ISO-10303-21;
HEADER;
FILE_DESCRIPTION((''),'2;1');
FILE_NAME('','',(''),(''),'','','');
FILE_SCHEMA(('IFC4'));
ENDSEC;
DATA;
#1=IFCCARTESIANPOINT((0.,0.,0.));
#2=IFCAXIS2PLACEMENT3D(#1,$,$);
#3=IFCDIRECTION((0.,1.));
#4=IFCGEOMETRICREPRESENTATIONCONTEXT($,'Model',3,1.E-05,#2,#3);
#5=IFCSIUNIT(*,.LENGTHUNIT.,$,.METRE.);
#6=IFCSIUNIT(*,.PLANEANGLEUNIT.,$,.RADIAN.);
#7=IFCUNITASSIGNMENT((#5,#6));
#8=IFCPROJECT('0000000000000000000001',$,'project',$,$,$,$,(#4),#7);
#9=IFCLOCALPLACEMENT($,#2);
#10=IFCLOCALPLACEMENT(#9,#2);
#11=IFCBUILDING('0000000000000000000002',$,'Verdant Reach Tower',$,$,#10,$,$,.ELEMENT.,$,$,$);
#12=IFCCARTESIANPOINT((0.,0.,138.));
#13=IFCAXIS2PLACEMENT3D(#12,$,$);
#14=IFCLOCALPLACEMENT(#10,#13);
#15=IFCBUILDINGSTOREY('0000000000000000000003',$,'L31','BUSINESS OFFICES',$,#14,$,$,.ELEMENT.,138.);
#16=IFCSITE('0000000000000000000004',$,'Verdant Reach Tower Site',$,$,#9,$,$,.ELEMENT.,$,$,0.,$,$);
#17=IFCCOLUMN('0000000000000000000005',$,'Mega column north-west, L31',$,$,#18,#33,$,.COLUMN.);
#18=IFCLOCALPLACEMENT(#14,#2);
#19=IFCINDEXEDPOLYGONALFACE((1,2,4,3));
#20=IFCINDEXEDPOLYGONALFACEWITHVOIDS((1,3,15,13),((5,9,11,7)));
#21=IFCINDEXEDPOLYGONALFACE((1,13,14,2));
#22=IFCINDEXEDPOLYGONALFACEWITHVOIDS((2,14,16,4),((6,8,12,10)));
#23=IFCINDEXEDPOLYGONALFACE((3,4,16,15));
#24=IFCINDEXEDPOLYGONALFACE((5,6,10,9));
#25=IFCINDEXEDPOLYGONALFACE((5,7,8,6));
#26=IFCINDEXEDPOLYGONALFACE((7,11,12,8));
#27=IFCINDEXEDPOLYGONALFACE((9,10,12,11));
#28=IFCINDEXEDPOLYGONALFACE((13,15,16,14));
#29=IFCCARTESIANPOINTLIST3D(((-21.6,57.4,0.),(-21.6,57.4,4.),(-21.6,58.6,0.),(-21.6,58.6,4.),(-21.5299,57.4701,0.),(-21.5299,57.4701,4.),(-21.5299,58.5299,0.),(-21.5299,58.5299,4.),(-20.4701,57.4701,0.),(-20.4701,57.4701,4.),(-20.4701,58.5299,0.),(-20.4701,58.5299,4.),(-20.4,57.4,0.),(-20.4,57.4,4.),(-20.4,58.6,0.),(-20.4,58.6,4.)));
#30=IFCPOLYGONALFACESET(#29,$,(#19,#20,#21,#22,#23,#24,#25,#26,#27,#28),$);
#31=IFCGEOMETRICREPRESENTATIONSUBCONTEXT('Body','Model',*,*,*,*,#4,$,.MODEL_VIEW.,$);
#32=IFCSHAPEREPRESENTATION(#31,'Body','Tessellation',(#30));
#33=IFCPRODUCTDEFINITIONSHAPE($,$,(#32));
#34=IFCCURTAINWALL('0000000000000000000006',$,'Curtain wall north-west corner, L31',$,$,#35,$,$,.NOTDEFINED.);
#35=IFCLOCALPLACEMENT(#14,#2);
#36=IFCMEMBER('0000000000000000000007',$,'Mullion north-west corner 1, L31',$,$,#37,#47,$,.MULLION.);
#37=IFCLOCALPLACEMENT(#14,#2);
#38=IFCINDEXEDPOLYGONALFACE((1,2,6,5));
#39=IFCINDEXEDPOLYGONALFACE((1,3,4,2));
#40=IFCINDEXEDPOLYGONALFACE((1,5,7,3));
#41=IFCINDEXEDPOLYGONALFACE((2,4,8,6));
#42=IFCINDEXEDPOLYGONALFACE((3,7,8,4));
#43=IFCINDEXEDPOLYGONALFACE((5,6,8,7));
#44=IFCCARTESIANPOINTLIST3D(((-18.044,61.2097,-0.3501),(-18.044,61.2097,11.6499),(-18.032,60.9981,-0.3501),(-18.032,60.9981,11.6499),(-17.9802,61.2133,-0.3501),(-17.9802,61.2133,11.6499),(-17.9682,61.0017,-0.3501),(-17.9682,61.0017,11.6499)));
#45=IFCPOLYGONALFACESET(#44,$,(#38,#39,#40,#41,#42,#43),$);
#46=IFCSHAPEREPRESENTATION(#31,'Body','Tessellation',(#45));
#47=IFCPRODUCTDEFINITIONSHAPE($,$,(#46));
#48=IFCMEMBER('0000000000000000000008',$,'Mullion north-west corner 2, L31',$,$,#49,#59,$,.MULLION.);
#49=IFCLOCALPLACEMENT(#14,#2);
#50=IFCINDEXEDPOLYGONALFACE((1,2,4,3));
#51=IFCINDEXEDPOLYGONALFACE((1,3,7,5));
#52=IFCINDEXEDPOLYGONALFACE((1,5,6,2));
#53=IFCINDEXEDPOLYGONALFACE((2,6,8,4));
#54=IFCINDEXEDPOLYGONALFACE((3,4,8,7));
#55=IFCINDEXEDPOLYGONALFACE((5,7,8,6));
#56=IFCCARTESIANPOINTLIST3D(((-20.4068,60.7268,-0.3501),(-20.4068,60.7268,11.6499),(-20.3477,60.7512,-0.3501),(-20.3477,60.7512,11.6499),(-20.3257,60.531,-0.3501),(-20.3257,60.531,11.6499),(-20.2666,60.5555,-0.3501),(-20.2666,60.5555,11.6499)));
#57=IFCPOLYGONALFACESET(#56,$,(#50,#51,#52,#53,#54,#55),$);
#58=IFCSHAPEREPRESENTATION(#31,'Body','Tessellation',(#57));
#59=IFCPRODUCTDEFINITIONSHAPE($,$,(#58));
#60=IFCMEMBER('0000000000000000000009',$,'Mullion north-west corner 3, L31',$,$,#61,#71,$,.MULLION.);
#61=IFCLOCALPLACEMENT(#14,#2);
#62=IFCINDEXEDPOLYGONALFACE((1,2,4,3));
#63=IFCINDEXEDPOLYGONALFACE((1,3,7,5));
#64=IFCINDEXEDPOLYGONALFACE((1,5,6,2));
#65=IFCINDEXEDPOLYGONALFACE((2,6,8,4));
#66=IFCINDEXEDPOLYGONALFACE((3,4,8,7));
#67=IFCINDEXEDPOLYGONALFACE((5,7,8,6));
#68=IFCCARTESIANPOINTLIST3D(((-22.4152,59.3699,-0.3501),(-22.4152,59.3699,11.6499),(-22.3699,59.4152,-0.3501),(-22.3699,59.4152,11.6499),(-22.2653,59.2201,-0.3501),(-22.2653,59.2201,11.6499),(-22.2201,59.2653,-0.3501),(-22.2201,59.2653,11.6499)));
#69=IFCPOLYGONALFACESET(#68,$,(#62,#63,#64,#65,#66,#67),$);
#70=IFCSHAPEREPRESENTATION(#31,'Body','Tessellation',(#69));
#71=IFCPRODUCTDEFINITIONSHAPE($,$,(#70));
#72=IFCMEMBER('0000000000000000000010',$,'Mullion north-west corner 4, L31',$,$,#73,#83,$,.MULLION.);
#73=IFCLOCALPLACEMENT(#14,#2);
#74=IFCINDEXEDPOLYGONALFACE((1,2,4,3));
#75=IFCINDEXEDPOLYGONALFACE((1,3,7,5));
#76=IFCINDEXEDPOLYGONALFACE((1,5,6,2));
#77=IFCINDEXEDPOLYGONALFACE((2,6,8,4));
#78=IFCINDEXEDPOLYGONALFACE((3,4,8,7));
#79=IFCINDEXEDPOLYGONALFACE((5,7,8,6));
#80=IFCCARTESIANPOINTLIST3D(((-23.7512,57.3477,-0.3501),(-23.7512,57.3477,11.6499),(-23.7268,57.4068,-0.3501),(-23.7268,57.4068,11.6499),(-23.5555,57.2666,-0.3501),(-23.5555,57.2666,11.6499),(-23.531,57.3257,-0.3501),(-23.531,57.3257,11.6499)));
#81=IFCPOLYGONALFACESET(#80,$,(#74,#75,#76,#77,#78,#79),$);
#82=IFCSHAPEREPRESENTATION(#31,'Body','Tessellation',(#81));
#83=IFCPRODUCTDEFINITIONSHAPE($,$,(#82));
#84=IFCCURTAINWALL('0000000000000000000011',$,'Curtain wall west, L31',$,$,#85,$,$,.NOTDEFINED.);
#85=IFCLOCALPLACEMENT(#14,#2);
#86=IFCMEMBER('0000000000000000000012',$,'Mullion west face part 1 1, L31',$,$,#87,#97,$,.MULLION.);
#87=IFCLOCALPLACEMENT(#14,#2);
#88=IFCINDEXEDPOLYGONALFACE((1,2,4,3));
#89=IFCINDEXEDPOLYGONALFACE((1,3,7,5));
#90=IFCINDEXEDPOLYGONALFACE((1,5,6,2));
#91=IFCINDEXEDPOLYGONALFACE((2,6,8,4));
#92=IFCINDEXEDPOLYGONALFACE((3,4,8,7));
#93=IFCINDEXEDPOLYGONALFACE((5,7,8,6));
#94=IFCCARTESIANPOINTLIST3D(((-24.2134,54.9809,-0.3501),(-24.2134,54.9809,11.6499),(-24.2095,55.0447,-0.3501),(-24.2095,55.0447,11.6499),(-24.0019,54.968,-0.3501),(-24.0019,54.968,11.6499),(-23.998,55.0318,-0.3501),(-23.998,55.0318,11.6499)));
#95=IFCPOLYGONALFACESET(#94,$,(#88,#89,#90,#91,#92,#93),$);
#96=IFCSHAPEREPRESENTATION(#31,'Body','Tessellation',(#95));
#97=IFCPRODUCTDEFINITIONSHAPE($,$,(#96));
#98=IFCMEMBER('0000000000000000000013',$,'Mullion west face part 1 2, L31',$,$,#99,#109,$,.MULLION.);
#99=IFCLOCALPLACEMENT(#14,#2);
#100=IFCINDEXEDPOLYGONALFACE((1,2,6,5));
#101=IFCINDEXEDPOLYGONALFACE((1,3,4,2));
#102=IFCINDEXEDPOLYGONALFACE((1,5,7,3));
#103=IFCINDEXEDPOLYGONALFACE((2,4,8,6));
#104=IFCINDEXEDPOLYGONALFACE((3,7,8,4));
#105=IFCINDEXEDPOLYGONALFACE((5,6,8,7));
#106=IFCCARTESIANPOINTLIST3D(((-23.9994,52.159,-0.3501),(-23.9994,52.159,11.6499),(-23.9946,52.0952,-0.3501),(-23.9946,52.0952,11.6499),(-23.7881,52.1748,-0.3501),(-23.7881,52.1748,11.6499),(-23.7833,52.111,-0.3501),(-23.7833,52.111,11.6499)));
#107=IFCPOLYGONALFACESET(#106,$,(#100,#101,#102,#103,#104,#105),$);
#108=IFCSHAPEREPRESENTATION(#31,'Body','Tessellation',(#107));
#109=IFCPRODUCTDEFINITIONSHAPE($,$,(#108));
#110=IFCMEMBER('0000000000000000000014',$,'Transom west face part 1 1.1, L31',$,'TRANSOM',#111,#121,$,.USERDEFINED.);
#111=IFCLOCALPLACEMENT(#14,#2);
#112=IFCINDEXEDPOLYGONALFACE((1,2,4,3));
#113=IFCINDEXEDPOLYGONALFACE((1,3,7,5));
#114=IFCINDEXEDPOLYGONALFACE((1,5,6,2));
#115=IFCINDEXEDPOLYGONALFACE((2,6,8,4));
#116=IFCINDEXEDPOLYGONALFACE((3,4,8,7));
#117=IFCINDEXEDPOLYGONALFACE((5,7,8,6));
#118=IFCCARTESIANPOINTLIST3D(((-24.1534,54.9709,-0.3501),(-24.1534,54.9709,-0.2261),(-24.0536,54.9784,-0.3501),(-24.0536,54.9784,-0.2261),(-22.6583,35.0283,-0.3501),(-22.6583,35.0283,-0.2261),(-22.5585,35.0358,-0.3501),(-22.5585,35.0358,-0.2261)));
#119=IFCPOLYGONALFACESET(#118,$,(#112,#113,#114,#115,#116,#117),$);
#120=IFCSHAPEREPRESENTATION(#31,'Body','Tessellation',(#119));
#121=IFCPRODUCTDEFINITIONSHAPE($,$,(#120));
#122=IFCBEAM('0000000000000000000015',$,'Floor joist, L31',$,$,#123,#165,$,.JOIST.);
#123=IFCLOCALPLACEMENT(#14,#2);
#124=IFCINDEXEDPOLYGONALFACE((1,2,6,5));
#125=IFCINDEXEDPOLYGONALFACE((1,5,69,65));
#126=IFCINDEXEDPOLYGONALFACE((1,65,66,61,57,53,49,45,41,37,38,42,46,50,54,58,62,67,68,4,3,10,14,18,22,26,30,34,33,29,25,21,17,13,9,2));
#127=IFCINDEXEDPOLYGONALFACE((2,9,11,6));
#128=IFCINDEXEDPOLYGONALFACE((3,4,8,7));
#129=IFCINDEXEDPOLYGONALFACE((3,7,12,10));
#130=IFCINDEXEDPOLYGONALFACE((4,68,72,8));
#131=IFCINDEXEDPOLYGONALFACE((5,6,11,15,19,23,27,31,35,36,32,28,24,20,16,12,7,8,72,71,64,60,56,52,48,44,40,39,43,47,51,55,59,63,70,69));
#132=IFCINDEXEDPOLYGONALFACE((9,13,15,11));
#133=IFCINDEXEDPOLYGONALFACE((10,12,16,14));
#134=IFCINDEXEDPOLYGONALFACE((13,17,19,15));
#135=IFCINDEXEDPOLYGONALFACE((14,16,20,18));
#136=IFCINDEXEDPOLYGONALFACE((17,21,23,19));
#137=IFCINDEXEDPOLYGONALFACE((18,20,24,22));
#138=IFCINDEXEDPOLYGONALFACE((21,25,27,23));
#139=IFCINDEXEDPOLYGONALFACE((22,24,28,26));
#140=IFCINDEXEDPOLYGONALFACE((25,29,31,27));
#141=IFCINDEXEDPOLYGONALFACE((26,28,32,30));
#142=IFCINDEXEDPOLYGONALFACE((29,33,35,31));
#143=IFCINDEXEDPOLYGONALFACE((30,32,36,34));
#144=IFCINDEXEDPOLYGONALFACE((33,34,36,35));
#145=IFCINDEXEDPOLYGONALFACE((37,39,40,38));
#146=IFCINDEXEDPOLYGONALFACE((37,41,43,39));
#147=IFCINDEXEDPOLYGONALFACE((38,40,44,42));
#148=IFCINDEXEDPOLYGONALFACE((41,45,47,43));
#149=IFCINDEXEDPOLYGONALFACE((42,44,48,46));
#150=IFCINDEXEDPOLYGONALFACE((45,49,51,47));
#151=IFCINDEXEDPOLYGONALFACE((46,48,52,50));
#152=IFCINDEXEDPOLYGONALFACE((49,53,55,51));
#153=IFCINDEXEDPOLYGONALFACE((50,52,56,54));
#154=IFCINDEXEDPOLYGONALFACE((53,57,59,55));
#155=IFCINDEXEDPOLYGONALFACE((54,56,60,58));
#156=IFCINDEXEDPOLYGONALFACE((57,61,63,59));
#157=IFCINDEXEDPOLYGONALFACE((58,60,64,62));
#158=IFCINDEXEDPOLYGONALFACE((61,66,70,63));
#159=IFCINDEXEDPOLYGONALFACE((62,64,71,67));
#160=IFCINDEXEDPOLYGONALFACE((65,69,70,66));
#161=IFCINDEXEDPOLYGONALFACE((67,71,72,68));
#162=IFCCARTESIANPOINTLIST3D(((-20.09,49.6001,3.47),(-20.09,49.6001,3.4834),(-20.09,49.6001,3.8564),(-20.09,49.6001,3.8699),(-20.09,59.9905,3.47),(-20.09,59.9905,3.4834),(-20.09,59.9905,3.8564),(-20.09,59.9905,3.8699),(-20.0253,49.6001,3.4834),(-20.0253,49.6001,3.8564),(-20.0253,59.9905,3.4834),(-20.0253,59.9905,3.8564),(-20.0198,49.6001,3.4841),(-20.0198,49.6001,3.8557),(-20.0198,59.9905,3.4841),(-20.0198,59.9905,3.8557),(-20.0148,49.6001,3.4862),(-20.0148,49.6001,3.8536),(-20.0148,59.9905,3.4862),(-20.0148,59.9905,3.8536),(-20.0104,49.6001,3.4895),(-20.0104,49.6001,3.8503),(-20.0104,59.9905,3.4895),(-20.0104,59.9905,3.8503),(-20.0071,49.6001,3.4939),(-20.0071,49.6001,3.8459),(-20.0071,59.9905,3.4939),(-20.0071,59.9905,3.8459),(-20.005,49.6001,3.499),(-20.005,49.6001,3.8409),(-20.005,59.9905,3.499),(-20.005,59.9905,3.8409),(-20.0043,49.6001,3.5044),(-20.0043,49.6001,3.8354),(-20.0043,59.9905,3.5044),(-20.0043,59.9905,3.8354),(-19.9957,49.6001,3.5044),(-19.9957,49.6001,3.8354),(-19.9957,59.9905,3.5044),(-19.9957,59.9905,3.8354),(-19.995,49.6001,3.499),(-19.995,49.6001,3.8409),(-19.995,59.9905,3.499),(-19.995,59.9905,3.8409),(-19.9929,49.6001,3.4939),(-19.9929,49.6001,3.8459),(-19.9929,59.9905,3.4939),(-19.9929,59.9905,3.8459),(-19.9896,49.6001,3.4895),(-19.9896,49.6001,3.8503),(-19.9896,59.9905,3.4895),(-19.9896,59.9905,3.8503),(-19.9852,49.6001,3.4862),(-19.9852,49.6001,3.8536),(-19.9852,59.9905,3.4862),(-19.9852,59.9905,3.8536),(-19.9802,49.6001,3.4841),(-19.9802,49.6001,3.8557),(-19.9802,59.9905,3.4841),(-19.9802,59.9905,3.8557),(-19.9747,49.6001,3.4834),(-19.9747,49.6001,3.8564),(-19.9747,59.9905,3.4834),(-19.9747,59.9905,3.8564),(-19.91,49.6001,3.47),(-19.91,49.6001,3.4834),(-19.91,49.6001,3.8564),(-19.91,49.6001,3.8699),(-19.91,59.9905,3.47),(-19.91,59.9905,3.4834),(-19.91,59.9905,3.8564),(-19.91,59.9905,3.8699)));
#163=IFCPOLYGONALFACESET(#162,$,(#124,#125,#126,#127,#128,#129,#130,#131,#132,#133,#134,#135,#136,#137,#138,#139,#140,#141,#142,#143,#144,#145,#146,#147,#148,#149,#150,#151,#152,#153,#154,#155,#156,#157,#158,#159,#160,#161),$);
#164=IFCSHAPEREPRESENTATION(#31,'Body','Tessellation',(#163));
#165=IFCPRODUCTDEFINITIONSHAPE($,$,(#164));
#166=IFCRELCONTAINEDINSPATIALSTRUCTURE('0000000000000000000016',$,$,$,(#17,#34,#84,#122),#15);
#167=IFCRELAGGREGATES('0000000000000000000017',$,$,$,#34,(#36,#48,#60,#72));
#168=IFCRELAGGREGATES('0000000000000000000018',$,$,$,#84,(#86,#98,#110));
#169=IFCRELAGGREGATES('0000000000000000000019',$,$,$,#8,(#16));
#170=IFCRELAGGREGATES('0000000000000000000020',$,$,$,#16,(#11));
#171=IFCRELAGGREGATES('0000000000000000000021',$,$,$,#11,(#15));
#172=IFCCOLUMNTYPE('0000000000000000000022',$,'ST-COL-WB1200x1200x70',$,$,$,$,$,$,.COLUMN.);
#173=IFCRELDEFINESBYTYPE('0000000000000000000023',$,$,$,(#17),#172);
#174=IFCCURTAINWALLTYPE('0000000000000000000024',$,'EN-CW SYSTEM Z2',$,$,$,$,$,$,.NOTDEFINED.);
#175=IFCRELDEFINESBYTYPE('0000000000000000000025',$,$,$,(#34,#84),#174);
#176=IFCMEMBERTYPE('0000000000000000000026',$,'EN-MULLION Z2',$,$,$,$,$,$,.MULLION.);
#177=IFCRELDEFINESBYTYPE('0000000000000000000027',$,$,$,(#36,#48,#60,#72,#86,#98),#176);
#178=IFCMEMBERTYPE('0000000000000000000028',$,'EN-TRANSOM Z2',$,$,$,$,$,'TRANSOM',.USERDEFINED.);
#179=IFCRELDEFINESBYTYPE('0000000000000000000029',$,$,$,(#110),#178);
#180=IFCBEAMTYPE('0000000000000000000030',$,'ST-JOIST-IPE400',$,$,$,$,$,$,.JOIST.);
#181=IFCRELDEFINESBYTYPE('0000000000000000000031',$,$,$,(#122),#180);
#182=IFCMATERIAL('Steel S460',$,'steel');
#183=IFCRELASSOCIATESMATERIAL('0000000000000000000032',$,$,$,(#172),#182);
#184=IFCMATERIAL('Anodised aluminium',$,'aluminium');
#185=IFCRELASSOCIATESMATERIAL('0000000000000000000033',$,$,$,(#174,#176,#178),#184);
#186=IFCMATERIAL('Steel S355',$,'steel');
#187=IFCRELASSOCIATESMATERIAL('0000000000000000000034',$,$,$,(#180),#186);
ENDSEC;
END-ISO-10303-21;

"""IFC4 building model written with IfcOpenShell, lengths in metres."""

from ifc_helpers import new_model, si_unit, direction, frame, origin, origin_2d, place, context, subcontext, project, spatial, rectangle, hollow_rectangle, i_section, extrude, material, material_profile, profile_set, type_object, element, aggregate, save


model = new_model("IFC4")

# Units and contexts
model_context = context("Model", 3, precision=1e-05, world=origin(), true_north=direction((0.0, 1.0)))
body_context = subcontext(model_context, "Body", "Model", "MODEL_VIEW")
ifc_project = project(units=[si_unit("LENGTHUNIT", "METRE"), si_unit("PLANEANGLEUNIT", "RADIAN")], contexts=[model_context])

# Site, building, storey
site_placement = place(None, origin())
site = spatial("IfcSite", under=ifc_project, at=site_placement, Name="Verdant Reach Tower Site", CompositionType="ELEMENT", RefElevation=0.0)
building_placement = place(site_placement, origin())
building = spatial("IfcBuilding", under=site, at=building_placement, Name="Verdant Reach Tower", CompositionType="ELEMENT")
storey_placement = place(building_placement, frame((0.0, 0.0, 138.0)))
storey = spatial("IfcBuildingStorey", under=building, at=storey_placement, Name="L31", Description="BUSINESS OFFICES", CompositionType="ELEMENT", Elevation=138.0)

# Column
ifc_material_1 = material(Name="Steel S460", Category="steel")
ifc_material_profile_1 = material_profile(ifc_material_1, hollow_rectangle(XDim=1.2, YDim=1.2, WallThickness=0.0701, at=origin_2d()), Name="WB 1200x1200x70")
ifc_profile_set_1 = profile_set([ifc_material_profile_1], Name="Steel S460")
column_type = type_object("IfcColumnType", Name="ST-COL-WB1200x1200x70", PredefinedType="COLUMN", material=ifc_profile_set_1)
column_placement = place(storey_placement, frame((-21.0, 58.0, 0.0), z_axis=(0.0, 0.0, 1.0), x_axis=(1.0, 0.0, 0.0)))
element("IfcColumn", 1, at=column_placement, inside=storey, type_object=column_type, Name="Mega column north-west, L31", PredefinedType="COLUMN", context=body_context, shape_type="SweptSolid", body=[
    extrude(hollow_rectangle(XDim=1.2, YDim=1.2, WallThickness=0.0701, at=origin_2d()), origin(), (0.0, 0.0, 1.0), 4.0),
])

# Curtain walls, members
ifc_material_2 = material(Name="Anodised aluminium", Category="aluminium")
curtain_wall_type = type_object("IfcCurtainWallType", Name="EN-CW SYSTEM Z2", PredefinedType="NOTDEFINED", material=ifc_material_2)
curtain_wall_1_placement = place(storey_placement, origin())
curtain_wall_1 = element("IfcCurtainWall", 2, at=curtain_wall_1_placement, inside=storey, type_object=curtain_wall_type, Name="Curtain wall north-west corner, L31", PredefinedType="NOTDEFINED")
ifc_material_profile_2 = material_profile(ifc_material_2, rectangle(XDim=0.2119, YDim=0.064, at=origin_2d()), Name="Mullion 64x212")
ifc_profile_set_2 = profile_set([ifc_material_profile_2], Name="Anodised aluminium")
member_type_1 = type_object("IfcMemberType", Name="EN-MULLION Z2", PredefinedType="MULLION", material=ifc_profile_set_2)
member_1_placement = place(storey_placement, frame((-18.0061, 61.1057, -0.3501), z_axis=(0.0, 0.0, 1.0), x_axis=(-0.056569, 0.998399, 0.0)))
member_1 = element("IfcMember", 3, at=member_1_placement, type_object=member_type_1, Name="Mullion north-west corner 1, L31", PredefinedType="MULLION", context=body_context, shape_type="SweptSolid", body=[
    extrude(rectangle(XDim=0.2119, YDim=0.064, at=origin_2d()), origin(), (0.0, 0.0, 1.0), 12.0),
])
member_2_placement = place(storey_placement, frame((-20.3367, 60.6411, -0.3501), z_axis=(0.0, 0.0, 1.0), x_axis=(-0.382694, 0.923875, 0.0)))
member_2 = element("IfcMember", 4, at=member_2_placement, type_object=member_type_1, Name="Mullion north-west corner 2, L31", PredefinedType="MULLION", context=body_context, shape_type="SweptSolid", body=[
    extrude(rectangle(XDim=0.2119, YDim=0.064, at=origin_2d()), origin(), (0.0, 0.0, 1.0), 12.0),
])
member_3_placement = place(storey_placement, frame((-22.3176, 59.3176, -0.3501), z_axis=(0.0, 0.0, 1.0), x_axis=(-0.707107, 0.707107, 0.0)))
member_3 = element("IfcMember", 5, at=member_3_placement, type_object=member_type_1, Name="Mullion north-west corner 3, L31", PredefinedType="MULLION", context=body_context, shape_type="SweptSolid", body=[
    extrude(rectangle(XDim=0.2119, YDim=0.064, at=origin_2d()), origin(), (0.0, 0.0, 1.0), 12.0),
])
member_4_placement = place(storey_placement, frame((-23.6411, 57.3367, -0.3501), z_axis=(0.0, 0.0, 1.0), x_axis=(-0.923875, 0.382694, 0.0)))
member_4 = element("IfcMember", 6, at=member_4_placement, type_object=member_type_1, Name="Mullion north-west corner 4, L31", PredefinedType="MULLION", context=body_context, shape_type="SweptSolid", body=[
    extrude(rectangle(XDim=0.2119, YDim=0.064, at=origin_2d()), origin(), (0.0, 0.0, 1.0), 12.0),
])
curtain_wall_2_placement = place(storey_placement, origin())
curtain_wall_2 = element("IfcCurtainWall", 7, at=curtain_wall_2_placement, inside=storey, type_object=curtain_wall_type, Name="Curtain wall west, L31", PredefinedType="NOTDEFINED")
member_5_placement = place(storey_placement, frame((-24.1057, 55.0063, -0.3501), z_axis=(0.0, 0.0, 1.0), x_axis=(-0.998156, 0.060703, 0.0)))
member_5 = element("IfcMember", 8, at=member_5_placement, type_object=member_type_1, Name="Mullion west face part 1 1, L31", PredefinedType="MULLION", context=body_context, shape_type="SweptSolid", body=[
    extrude(rectangle(XDim=0.2119, YDim=0.064, at=origin_2d()), origin(), (0.0, 0.0, 1.0), 12.0),
])
member_6_placement = place(storey_placement, frame((-23.8914, 52.135, -0.3501), z_axis=(0.0, 0.0, 1.0), x_axis=(-0.997199, -0.07479, 0.0)))
member_6 = element("IfcMember", 9, at=member_6_placement, type_object=member_type_1, Name="Mullion west face part 1 2, L31", PredefinedType="MULLION", context=body_context, shape_type="SweptSolid", body=[
    extrude(rectangle(XDim=0.2119, YDim=0.064, at=origin_2d()), origin(), (0.0, 0.0, 1.0), 12.0),
])
ifc_material_profile_3 = material_profile(ifc_material_2, rectangle(XDim=0.1001, YDim=0.124, at=origin_2d()), Name="Transom 124x100")
ifc_profile_set_3 = profile_set([ifc_material_profile_3], Name="Anodised aluminium")
member_type_2 = type_object("IfcMemberType", Name="EN-TRANSOM Z2", ElementType="TRANSOM", PredefinedType="USERDEFINED", material=ifc_profile_set_3)
member_7_placement = place(storey_placement, frame((-24.1035, 54.9746, -0.2881), z_axis=(0.074761, -0.997201, 0.0), x_axis=(0.997201, 0.074761, 0.0)))
member_7 = element("IfcMember", 10, at=member_7_placement, type_object=member_type_2, Name="Transom west face part 1 1.1, L31", ObjectType="TRANSOM", PredefinedType="USERDEFINED", context=body_context, shape_type="SweptSolid", body=[
    extrude(rectangle(XDim=0.1001, YDim=0.124, at=origin_2d()), origin(), (0.0, 0.0, 1.0), 19.9985),
])

# Beam
ifc_material_3 = material(Name="Steel S355", Category="steel")
ifc_material_profile_4 = material_profile(ifc_material_3, i_section(OverallWidth=0.1799, OverallDepth=0.3999, WebThickness=0.0085, FlangeThickness=0.0134, FilletRadius=0.021, at=origin_2d()), Name="IPE 400")
ifc_profile_set_4 = profile_set([ifc_material_profile_4], Name="Steel S355")
beam_type_1 = type_object("IfcBeamType", Name="ST-JOIST-IPE400", PredefinedType="JOIST", material=ifc_profile_set_4)
beam_1_placement = place(storey_placement, frame((-20.0, 49.6001, 3.6699), z_axis=(0.0, 1.0, 0.0), x_axis=(-1.0, 0.0, 0.0)))
element("IfcBeam", 11, at=beam_1_placement, inside=storey, type_object=beam_type_1, Name="Floor joist, L31", PredefinedType="JOIST", context=body_context, shape_type="SweptSolid", body=[
    extrude(i_section(OverallWidth=0.1799, OverallDepth=0.3999, WebThickness=0.0085, FlangeThickness=0.0134, FilletRadius=0.021, at=origin_2d()), origin(), (0.0, 0.0, 1.0), 10.3904),
])

aggregate(curtain_wall_1, [member_1, member_2, member_3, member_4])
aggregate(curtain_wall_2, [member_5, member_6, member_7])

save(model, "model.ifc")
